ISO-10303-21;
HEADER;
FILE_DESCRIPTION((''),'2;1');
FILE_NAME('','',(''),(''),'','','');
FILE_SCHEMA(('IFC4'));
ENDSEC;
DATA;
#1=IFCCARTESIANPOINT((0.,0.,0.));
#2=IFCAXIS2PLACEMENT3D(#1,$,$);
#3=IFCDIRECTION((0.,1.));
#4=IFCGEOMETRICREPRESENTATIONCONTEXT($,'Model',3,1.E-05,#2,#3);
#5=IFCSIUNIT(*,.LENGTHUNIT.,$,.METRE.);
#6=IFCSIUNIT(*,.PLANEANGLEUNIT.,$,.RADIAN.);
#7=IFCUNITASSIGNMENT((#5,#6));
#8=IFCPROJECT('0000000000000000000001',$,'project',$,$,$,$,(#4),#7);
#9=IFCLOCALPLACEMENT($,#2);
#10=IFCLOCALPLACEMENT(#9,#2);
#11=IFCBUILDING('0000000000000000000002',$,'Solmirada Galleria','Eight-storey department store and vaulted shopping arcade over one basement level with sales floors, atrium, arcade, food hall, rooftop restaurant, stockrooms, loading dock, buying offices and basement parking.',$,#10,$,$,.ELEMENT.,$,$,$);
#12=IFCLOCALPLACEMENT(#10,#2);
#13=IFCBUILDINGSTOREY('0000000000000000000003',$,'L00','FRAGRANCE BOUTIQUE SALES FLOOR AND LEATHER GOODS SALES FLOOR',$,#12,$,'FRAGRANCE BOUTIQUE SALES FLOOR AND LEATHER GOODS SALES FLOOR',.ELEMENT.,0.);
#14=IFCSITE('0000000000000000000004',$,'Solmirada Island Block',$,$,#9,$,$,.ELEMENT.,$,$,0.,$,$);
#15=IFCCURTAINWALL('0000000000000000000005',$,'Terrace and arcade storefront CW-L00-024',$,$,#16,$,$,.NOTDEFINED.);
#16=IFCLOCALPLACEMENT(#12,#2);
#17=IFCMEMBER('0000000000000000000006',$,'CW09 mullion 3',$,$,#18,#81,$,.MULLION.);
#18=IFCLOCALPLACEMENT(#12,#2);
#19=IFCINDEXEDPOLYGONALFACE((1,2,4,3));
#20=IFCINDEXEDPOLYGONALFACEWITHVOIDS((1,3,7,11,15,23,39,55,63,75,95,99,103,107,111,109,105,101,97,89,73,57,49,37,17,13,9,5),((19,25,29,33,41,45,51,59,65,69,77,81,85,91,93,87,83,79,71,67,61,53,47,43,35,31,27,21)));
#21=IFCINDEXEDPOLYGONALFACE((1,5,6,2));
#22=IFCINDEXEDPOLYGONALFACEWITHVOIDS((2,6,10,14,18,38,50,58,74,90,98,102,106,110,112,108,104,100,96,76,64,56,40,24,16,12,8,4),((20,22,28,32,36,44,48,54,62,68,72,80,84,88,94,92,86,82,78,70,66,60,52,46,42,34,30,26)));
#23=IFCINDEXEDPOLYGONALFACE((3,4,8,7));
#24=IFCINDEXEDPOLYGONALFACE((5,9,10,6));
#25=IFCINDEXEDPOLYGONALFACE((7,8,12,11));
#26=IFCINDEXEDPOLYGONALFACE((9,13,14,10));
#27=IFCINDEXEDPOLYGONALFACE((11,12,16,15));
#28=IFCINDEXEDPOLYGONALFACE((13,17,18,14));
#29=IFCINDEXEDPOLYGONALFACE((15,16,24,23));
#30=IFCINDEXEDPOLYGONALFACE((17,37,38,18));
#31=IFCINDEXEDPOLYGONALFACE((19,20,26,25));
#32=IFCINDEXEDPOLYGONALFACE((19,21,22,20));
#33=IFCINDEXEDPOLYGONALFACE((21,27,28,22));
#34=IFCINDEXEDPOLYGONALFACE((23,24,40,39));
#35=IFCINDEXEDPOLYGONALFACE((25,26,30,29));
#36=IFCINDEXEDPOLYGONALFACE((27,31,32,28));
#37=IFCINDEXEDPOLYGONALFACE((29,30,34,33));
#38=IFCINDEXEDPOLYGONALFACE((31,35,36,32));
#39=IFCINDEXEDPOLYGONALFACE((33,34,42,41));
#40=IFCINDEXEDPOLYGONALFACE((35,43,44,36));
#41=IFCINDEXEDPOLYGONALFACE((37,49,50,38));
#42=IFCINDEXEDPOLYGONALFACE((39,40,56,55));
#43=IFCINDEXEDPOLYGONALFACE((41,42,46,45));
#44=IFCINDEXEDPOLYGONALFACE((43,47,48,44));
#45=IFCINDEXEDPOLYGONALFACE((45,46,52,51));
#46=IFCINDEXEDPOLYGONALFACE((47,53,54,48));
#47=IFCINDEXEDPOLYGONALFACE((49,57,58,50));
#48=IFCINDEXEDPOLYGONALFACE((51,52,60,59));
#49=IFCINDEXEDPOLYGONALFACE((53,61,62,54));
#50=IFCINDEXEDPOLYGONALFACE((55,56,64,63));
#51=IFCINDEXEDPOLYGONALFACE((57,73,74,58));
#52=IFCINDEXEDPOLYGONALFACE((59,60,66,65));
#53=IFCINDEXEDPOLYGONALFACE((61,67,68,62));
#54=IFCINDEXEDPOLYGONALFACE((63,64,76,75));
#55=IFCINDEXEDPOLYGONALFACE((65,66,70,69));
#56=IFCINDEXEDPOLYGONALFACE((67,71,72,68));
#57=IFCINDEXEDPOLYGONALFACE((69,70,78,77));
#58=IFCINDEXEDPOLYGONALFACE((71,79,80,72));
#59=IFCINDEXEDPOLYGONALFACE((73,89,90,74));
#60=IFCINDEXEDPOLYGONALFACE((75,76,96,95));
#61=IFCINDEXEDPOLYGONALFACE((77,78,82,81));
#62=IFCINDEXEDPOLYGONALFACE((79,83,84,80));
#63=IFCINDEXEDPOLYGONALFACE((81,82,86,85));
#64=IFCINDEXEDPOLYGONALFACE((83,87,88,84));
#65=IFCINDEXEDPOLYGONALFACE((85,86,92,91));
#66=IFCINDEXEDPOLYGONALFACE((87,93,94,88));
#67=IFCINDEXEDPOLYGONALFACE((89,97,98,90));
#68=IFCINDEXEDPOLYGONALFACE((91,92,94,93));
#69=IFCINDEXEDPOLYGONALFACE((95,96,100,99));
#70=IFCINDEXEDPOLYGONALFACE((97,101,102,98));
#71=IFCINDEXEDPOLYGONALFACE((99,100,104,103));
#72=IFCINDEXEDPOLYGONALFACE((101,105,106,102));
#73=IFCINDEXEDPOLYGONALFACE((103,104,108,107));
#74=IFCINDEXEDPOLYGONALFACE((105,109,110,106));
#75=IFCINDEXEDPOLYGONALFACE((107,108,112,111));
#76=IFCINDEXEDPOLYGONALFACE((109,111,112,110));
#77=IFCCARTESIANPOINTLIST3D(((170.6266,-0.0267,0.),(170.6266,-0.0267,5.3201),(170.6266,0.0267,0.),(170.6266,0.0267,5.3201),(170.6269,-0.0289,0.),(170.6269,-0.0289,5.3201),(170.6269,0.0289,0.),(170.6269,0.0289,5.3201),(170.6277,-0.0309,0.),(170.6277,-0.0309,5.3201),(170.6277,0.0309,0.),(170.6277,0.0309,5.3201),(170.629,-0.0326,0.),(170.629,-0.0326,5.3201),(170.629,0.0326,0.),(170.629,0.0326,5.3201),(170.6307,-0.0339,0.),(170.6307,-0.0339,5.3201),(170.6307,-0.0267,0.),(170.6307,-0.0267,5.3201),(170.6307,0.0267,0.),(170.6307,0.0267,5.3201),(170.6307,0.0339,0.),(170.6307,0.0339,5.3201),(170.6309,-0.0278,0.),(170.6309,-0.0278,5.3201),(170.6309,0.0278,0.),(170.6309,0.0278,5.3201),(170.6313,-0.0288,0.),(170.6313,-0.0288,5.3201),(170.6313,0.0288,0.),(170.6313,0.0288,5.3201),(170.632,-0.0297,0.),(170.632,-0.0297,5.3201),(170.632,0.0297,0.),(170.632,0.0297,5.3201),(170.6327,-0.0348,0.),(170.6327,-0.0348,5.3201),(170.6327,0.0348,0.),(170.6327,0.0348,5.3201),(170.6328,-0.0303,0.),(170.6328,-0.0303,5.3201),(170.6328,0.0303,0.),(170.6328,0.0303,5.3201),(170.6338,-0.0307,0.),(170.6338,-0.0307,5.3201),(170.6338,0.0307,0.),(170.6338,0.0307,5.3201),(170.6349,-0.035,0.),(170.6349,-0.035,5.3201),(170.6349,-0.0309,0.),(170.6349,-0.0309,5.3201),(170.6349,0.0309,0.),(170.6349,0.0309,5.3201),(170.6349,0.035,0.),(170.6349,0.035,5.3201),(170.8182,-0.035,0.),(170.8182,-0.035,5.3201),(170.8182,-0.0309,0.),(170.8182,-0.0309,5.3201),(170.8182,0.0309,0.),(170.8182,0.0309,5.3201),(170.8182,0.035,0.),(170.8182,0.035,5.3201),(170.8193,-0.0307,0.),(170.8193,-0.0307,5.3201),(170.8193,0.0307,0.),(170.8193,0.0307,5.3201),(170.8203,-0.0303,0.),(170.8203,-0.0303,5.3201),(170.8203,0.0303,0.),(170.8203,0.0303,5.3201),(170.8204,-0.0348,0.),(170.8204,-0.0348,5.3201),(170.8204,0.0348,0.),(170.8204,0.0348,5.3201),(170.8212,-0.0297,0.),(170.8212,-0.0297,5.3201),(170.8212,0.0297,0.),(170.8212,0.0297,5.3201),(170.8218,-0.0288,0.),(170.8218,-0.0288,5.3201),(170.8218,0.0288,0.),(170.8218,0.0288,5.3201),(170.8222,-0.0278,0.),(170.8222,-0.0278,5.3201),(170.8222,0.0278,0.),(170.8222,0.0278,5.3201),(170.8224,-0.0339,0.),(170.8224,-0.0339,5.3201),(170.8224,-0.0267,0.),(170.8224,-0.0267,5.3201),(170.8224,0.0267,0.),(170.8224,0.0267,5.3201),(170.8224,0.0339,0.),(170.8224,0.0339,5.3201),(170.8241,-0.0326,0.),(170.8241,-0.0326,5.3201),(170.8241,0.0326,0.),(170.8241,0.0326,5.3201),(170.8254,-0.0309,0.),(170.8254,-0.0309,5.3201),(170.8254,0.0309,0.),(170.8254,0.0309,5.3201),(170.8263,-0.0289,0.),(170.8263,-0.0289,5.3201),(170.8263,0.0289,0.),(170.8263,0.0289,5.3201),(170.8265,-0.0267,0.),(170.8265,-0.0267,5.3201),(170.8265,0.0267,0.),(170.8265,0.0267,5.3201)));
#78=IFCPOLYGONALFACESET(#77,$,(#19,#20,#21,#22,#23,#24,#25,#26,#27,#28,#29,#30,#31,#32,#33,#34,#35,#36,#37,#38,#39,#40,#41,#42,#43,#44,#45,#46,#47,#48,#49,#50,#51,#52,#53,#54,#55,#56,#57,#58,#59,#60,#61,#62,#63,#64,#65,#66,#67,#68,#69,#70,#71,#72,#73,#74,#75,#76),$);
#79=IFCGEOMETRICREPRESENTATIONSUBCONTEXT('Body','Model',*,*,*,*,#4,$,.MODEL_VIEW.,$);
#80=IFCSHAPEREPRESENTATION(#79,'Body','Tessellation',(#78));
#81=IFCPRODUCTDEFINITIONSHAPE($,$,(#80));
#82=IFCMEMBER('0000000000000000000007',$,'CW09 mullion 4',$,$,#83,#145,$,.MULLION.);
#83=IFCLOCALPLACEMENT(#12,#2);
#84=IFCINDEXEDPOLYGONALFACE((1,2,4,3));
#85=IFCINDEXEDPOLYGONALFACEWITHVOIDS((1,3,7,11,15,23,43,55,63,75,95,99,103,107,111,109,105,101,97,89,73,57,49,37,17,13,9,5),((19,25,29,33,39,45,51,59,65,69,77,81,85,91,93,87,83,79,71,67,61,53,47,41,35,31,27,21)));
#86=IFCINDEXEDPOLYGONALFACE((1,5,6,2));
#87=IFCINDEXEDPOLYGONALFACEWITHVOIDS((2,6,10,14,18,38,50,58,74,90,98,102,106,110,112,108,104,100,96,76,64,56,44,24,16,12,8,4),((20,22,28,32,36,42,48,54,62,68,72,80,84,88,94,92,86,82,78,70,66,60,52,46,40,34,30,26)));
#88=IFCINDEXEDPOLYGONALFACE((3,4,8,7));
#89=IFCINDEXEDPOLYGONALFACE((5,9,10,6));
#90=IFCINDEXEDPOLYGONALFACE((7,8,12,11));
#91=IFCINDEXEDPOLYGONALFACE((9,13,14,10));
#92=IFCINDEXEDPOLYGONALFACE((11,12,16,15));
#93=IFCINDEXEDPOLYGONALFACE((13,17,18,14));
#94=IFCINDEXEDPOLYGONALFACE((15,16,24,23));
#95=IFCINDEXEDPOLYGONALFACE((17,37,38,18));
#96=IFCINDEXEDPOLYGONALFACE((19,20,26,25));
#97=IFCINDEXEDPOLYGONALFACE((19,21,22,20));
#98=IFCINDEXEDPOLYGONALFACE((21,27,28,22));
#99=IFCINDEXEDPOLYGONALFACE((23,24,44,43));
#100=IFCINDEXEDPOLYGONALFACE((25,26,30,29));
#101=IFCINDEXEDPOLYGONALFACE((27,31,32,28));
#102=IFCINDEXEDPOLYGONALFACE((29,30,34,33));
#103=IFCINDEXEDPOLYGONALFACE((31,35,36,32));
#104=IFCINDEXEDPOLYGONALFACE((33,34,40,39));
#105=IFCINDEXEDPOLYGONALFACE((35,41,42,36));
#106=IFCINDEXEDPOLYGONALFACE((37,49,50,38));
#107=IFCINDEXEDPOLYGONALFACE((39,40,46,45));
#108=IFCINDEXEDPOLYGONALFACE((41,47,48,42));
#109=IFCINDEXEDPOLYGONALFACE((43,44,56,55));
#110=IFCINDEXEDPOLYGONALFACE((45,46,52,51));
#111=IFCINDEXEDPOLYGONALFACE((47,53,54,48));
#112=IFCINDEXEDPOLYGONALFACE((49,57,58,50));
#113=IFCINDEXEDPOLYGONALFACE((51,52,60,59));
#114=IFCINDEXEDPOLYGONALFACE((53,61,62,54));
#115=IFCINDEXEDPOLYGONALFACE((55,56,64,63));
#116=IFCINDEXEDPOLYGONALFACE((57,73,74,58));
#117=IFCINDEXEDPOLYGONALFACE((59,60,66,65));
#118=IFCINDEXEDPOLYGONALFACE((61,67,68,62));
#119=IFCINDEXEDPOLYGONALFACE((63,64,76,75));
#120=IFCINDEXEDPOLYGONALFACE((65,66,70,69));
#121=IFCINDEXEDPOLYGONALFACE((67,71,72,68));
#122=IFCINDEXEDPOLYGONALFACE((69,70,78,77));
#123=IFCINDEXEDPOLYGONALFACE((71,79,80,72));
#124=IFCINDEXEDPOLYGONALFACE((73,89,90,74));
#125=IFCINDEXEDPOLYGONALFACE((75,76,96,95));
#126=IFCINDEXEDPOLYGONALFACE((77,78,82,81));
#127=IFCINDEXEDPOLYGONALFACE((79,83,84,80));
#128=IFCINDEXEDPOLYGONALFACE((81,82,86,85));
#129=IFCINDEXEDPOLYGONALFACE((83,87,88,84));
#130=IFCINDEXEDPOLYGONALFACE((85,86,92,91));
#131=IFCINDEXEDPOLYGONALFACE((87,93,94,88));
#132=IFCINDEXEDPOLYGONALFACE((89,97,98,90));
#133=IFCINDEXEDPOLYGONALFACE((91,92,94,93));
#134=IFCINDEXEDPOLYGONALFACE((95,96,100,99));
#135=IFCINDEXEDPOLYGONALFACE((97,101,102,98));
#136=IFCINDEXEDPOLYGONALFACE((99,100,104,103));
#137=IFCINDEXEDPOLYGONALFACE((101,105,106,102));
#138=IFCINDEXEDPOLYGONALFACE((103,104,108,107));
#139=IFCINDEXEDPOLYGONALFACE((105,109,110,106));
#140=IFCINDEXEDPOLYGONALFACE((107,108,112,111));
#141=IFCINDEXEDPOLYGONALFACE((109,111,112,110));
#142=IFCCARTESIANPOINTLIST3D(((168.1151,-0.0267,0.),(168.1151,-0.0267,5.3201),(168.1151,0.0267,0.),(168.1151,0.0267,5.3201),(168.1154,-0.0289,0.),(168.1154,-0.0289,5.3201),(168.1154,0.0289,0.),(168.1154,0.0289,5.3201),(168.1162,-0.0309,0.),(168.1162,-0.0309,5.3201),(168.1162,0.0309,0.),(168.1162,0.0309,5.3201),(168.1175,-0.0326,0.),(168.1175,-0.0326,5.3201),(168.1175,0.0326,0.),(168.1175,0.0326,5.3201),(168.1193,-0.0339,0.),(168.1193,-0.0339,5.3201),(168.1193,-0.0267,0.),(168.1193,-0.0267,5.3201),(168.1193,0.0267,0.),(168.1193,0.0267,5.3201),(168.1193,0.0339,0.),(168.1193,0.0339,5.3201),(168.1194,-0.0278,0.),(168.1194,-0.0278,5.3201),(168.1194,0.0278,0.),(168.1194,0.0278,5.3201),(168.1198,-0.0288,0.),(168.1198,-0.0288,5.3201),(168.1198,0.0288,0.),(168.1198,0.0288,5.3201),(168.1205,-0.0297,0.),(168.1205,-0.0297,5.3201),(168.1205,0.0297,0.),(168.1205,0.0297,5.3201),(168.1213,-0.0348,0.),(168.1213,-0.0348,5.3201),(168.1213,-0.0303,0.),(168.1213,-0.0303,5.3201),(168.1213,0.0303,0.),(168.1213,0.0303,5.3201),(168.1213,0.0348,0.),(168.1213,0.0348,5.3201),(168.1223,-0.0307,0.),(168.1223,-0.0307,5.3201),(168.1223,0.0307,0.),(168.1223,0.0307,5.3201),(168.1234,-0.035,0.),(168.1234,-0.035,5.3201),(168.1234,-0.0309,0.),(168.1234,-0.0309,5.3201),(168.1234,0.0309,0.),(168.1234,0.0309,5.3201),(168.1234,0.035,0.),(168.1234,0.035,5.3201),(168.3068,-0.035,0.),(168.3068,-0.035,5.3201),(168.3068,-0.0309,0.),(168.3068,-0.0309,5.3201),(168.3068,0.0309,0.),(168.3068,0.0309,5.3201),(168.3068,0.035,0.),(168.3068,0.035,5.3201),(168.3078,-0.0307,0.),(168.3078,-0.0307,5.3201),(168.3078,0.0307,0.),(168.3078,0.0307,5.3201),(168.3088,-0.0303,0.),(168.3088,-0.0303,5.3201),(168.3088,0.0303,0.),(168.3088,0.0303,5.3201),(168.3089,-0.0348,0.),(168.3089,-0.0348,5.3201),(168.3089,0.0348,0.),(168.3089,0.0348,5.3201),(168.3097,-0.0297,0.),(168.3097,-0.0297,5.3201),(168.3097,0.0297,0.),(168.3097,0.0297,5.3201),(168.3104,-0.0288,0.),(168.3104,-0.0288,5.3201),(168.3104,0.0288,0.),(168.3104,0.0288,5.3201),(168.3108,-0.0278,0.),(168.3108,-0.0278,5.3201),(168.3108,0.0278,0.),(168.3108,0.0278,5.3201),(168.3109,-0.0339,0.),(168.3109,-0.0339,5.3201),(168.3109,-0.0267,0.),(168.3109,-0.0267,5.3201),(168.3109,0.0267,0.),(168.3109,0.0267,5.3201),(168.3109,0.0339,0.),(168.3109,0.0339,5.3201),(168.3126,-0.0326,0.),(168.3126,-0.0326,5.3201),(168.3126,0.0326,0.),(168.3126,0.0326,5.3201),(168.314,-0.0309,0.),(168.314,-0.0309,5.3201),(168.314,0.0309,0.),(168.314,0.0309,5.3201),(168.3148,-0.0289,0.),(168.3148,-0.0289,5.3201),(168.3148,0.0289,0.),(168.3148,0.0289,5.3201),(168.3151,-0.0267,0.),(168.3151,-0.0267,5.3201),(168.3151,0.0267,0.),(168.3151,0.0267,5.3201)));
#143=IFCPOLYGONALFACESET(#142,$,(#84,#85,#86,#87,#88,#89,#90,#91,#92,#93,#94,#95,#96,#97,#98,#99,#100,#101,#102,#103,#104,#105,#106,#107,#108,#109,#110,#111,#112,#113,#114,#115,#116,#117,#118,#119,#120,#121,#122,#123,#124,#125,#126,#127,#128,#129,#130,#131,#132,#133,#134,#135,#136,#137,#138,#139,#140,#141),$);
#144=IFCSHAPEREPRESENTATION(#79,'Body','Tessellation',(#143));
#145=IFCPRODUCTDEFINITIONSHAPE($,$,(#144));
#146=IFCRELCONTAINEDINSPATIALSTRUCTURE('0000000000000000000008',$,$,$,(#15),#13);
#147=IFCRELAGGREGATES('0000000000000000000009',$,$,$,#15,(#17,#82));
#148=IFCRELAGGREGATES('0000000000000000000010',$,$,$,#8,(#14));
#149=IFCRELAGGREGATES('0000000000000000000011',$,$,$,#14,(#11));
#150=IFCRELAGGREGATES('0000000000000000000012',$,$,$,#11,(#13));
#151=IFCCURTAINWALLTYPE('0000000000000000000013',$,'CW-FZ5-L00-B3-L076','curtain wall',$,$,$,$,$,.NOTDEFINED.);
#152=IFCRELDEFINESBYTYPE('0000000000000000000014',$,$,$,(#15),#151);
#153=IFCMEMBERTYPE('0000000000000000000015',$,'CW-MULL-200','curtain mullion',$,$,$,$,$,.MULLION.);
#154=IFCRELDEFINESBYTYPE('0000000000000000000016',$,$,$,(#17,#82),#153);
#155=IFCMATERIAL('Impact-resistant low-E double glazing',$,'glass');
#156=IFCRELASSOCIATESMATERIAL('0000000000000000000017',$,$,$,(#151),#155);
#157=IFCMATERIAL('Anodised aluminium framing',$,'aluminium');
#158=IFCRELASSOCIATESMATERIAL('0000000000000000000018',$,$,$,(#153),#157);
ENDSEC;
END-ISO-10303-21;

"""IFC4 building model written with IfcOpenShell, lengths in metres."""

from ifc_helpers import new_model, si_unit, direction, frame, origin, origin_2d, place, context, subcontext, project, spatial, hollow_rectangle, extrude, material, material_profile, profile_set, type_object, element, aggregate, save


model = new_model("IFC4")

# Units and contexts
model_context = context("Model", 3, precision=1e-05, world=origin(), true_north=direction((0.0, 1.0)))
body_context = subcontext(model_context, "Body", "Model", "MODEL_VIEW")
ifc_project = project(units=[si_unit("LENGTHUNIT", "METRE"), si_unit("PLANEANGLEUNIT", "RADIAN")], contexts=[model_context])

# Site, building, storey
site_placement = place(None, origin())
site = spatial("IfcSite", under=ifc_project, at=site_placement, Name="Solmirada Island Block", CompositionType="ELEMENT", RefElevation=0.0)
building_placement = place(site_placement, origin())
building = spatial("IfcBuilding", under=site, at=building_placement, Name="Solmirada Galleria", Description="Eight-storey department store and vaulted shopping arcade over one basement level with sales floors, atrium, arcade, food hall, rooftop restaurant, stockrooms, loading dock, buying offices and basement parking.", CompositionType="ELEMENT")
storey_placement = place(building_placement, origin())
storey = spatial("IfcBuildingStorey", under=building, at=storey_placement, Name="L00", Description="FRAGRANCE BOUTIQUE SALES FLOOR AND LEATHER GOODS SALES FLOOR", LongName="FRAGRANCE BOUTIQUE SALES FLOOR AND LEATHER GOODS SALES FLOOR", CompositionType="ELEMENT", Elevation=0.0)

# Curtain wall, members
ifc_material_1 = material(Name="Impact-resistant low-E double glazing", Category="glass")
curtain_wall_type = type_object("IfcCurtainWallType", Name="CW-FZ5-L00-B3-L076", Description="curtain wall", PredefinedType="NOTDEFINED", material=ifc_material_1)
curtain_wall_1_placement = place(storey_placement, origin())
curtain_wall_1 = element("IfcCurtainWall", 1, at=curtain_wall_1_placement, inside=storey, type_object=curtain_wall_type, Name="Terrace and arcade storefront CW-L00-024", PredefinedType="NOTDEFINED")
ifc_material_2 = material(Name="Anodised aluminium framing", Category="aluminium")
ifc_material_profile_1 = material_profile(ifc_material_2, hollow_rectangle(XDim=0.0701, YDim=0.2, WallThickness=0.0042, InnerFilletRadius=0.0042, OuterFilletRadius=0.0083, at=origin_2d()), Name="ALU-MULL-200X70")
ifc_profile_set_1 = profile_set([ifc_material_profile_1], Name="Anodised aluminium framing")
member_type_1 = type_object("IfcMemberType", Name="CW-MULL-200", Description="curtain mullion", PredefinedType="MULLION", material=ifc_profile_set_1)
member_1_placement = place(storey_placement, frame((170.7266, 0.0, 0.0), z_axis=(0.0, 0.0, 1.0), x_axis=(0.0, -1.0, 0.0)))
member_1 = element("IfcMember", 2, at=member_1_placement, type_object=member_type_1, Name="CW09 mullion 3", PredefinedType="MULLION", context=body_context, shape_type="SweptSolid", body=[
    extrude(hollow_rectangle(XDim=0.0701, YDim=0.2, WallThickness=0.0042, InnerFilletRadius=0.0042, OuterFilletRadius=0.0083, at=origin_2d()), origin(), (0.0, 0.0, 1.0), 5.3201),
])
member_2_placement = place(storey_placement, frame((168.2151, 0.0, 0.0), z_axis=(0.0, 0.0, 1.0), x_axis=(0.0, -1.0, 0.0)))
member_2 = element("IfcMember", 3, at=member_2_placement, type_object=member_type_1, Name="CW09 mullion 4", PredefinedType="MULLION", context=body_context, shape_type="SweptSolid", body=[
    extrude(hollow_rectangle(XDim=0.0701, YDim=0.2, WallThickness=0.0042, InnerFilletRadius=0.0042, OuterFilletRadius=0.0083, at=origin_2d()), origin(), (0.0, 0.0, 1.0), 5.3201),
])

aggregate(curtain_wall_1, [member_1, member_2])

save(model, "model.ifc")
